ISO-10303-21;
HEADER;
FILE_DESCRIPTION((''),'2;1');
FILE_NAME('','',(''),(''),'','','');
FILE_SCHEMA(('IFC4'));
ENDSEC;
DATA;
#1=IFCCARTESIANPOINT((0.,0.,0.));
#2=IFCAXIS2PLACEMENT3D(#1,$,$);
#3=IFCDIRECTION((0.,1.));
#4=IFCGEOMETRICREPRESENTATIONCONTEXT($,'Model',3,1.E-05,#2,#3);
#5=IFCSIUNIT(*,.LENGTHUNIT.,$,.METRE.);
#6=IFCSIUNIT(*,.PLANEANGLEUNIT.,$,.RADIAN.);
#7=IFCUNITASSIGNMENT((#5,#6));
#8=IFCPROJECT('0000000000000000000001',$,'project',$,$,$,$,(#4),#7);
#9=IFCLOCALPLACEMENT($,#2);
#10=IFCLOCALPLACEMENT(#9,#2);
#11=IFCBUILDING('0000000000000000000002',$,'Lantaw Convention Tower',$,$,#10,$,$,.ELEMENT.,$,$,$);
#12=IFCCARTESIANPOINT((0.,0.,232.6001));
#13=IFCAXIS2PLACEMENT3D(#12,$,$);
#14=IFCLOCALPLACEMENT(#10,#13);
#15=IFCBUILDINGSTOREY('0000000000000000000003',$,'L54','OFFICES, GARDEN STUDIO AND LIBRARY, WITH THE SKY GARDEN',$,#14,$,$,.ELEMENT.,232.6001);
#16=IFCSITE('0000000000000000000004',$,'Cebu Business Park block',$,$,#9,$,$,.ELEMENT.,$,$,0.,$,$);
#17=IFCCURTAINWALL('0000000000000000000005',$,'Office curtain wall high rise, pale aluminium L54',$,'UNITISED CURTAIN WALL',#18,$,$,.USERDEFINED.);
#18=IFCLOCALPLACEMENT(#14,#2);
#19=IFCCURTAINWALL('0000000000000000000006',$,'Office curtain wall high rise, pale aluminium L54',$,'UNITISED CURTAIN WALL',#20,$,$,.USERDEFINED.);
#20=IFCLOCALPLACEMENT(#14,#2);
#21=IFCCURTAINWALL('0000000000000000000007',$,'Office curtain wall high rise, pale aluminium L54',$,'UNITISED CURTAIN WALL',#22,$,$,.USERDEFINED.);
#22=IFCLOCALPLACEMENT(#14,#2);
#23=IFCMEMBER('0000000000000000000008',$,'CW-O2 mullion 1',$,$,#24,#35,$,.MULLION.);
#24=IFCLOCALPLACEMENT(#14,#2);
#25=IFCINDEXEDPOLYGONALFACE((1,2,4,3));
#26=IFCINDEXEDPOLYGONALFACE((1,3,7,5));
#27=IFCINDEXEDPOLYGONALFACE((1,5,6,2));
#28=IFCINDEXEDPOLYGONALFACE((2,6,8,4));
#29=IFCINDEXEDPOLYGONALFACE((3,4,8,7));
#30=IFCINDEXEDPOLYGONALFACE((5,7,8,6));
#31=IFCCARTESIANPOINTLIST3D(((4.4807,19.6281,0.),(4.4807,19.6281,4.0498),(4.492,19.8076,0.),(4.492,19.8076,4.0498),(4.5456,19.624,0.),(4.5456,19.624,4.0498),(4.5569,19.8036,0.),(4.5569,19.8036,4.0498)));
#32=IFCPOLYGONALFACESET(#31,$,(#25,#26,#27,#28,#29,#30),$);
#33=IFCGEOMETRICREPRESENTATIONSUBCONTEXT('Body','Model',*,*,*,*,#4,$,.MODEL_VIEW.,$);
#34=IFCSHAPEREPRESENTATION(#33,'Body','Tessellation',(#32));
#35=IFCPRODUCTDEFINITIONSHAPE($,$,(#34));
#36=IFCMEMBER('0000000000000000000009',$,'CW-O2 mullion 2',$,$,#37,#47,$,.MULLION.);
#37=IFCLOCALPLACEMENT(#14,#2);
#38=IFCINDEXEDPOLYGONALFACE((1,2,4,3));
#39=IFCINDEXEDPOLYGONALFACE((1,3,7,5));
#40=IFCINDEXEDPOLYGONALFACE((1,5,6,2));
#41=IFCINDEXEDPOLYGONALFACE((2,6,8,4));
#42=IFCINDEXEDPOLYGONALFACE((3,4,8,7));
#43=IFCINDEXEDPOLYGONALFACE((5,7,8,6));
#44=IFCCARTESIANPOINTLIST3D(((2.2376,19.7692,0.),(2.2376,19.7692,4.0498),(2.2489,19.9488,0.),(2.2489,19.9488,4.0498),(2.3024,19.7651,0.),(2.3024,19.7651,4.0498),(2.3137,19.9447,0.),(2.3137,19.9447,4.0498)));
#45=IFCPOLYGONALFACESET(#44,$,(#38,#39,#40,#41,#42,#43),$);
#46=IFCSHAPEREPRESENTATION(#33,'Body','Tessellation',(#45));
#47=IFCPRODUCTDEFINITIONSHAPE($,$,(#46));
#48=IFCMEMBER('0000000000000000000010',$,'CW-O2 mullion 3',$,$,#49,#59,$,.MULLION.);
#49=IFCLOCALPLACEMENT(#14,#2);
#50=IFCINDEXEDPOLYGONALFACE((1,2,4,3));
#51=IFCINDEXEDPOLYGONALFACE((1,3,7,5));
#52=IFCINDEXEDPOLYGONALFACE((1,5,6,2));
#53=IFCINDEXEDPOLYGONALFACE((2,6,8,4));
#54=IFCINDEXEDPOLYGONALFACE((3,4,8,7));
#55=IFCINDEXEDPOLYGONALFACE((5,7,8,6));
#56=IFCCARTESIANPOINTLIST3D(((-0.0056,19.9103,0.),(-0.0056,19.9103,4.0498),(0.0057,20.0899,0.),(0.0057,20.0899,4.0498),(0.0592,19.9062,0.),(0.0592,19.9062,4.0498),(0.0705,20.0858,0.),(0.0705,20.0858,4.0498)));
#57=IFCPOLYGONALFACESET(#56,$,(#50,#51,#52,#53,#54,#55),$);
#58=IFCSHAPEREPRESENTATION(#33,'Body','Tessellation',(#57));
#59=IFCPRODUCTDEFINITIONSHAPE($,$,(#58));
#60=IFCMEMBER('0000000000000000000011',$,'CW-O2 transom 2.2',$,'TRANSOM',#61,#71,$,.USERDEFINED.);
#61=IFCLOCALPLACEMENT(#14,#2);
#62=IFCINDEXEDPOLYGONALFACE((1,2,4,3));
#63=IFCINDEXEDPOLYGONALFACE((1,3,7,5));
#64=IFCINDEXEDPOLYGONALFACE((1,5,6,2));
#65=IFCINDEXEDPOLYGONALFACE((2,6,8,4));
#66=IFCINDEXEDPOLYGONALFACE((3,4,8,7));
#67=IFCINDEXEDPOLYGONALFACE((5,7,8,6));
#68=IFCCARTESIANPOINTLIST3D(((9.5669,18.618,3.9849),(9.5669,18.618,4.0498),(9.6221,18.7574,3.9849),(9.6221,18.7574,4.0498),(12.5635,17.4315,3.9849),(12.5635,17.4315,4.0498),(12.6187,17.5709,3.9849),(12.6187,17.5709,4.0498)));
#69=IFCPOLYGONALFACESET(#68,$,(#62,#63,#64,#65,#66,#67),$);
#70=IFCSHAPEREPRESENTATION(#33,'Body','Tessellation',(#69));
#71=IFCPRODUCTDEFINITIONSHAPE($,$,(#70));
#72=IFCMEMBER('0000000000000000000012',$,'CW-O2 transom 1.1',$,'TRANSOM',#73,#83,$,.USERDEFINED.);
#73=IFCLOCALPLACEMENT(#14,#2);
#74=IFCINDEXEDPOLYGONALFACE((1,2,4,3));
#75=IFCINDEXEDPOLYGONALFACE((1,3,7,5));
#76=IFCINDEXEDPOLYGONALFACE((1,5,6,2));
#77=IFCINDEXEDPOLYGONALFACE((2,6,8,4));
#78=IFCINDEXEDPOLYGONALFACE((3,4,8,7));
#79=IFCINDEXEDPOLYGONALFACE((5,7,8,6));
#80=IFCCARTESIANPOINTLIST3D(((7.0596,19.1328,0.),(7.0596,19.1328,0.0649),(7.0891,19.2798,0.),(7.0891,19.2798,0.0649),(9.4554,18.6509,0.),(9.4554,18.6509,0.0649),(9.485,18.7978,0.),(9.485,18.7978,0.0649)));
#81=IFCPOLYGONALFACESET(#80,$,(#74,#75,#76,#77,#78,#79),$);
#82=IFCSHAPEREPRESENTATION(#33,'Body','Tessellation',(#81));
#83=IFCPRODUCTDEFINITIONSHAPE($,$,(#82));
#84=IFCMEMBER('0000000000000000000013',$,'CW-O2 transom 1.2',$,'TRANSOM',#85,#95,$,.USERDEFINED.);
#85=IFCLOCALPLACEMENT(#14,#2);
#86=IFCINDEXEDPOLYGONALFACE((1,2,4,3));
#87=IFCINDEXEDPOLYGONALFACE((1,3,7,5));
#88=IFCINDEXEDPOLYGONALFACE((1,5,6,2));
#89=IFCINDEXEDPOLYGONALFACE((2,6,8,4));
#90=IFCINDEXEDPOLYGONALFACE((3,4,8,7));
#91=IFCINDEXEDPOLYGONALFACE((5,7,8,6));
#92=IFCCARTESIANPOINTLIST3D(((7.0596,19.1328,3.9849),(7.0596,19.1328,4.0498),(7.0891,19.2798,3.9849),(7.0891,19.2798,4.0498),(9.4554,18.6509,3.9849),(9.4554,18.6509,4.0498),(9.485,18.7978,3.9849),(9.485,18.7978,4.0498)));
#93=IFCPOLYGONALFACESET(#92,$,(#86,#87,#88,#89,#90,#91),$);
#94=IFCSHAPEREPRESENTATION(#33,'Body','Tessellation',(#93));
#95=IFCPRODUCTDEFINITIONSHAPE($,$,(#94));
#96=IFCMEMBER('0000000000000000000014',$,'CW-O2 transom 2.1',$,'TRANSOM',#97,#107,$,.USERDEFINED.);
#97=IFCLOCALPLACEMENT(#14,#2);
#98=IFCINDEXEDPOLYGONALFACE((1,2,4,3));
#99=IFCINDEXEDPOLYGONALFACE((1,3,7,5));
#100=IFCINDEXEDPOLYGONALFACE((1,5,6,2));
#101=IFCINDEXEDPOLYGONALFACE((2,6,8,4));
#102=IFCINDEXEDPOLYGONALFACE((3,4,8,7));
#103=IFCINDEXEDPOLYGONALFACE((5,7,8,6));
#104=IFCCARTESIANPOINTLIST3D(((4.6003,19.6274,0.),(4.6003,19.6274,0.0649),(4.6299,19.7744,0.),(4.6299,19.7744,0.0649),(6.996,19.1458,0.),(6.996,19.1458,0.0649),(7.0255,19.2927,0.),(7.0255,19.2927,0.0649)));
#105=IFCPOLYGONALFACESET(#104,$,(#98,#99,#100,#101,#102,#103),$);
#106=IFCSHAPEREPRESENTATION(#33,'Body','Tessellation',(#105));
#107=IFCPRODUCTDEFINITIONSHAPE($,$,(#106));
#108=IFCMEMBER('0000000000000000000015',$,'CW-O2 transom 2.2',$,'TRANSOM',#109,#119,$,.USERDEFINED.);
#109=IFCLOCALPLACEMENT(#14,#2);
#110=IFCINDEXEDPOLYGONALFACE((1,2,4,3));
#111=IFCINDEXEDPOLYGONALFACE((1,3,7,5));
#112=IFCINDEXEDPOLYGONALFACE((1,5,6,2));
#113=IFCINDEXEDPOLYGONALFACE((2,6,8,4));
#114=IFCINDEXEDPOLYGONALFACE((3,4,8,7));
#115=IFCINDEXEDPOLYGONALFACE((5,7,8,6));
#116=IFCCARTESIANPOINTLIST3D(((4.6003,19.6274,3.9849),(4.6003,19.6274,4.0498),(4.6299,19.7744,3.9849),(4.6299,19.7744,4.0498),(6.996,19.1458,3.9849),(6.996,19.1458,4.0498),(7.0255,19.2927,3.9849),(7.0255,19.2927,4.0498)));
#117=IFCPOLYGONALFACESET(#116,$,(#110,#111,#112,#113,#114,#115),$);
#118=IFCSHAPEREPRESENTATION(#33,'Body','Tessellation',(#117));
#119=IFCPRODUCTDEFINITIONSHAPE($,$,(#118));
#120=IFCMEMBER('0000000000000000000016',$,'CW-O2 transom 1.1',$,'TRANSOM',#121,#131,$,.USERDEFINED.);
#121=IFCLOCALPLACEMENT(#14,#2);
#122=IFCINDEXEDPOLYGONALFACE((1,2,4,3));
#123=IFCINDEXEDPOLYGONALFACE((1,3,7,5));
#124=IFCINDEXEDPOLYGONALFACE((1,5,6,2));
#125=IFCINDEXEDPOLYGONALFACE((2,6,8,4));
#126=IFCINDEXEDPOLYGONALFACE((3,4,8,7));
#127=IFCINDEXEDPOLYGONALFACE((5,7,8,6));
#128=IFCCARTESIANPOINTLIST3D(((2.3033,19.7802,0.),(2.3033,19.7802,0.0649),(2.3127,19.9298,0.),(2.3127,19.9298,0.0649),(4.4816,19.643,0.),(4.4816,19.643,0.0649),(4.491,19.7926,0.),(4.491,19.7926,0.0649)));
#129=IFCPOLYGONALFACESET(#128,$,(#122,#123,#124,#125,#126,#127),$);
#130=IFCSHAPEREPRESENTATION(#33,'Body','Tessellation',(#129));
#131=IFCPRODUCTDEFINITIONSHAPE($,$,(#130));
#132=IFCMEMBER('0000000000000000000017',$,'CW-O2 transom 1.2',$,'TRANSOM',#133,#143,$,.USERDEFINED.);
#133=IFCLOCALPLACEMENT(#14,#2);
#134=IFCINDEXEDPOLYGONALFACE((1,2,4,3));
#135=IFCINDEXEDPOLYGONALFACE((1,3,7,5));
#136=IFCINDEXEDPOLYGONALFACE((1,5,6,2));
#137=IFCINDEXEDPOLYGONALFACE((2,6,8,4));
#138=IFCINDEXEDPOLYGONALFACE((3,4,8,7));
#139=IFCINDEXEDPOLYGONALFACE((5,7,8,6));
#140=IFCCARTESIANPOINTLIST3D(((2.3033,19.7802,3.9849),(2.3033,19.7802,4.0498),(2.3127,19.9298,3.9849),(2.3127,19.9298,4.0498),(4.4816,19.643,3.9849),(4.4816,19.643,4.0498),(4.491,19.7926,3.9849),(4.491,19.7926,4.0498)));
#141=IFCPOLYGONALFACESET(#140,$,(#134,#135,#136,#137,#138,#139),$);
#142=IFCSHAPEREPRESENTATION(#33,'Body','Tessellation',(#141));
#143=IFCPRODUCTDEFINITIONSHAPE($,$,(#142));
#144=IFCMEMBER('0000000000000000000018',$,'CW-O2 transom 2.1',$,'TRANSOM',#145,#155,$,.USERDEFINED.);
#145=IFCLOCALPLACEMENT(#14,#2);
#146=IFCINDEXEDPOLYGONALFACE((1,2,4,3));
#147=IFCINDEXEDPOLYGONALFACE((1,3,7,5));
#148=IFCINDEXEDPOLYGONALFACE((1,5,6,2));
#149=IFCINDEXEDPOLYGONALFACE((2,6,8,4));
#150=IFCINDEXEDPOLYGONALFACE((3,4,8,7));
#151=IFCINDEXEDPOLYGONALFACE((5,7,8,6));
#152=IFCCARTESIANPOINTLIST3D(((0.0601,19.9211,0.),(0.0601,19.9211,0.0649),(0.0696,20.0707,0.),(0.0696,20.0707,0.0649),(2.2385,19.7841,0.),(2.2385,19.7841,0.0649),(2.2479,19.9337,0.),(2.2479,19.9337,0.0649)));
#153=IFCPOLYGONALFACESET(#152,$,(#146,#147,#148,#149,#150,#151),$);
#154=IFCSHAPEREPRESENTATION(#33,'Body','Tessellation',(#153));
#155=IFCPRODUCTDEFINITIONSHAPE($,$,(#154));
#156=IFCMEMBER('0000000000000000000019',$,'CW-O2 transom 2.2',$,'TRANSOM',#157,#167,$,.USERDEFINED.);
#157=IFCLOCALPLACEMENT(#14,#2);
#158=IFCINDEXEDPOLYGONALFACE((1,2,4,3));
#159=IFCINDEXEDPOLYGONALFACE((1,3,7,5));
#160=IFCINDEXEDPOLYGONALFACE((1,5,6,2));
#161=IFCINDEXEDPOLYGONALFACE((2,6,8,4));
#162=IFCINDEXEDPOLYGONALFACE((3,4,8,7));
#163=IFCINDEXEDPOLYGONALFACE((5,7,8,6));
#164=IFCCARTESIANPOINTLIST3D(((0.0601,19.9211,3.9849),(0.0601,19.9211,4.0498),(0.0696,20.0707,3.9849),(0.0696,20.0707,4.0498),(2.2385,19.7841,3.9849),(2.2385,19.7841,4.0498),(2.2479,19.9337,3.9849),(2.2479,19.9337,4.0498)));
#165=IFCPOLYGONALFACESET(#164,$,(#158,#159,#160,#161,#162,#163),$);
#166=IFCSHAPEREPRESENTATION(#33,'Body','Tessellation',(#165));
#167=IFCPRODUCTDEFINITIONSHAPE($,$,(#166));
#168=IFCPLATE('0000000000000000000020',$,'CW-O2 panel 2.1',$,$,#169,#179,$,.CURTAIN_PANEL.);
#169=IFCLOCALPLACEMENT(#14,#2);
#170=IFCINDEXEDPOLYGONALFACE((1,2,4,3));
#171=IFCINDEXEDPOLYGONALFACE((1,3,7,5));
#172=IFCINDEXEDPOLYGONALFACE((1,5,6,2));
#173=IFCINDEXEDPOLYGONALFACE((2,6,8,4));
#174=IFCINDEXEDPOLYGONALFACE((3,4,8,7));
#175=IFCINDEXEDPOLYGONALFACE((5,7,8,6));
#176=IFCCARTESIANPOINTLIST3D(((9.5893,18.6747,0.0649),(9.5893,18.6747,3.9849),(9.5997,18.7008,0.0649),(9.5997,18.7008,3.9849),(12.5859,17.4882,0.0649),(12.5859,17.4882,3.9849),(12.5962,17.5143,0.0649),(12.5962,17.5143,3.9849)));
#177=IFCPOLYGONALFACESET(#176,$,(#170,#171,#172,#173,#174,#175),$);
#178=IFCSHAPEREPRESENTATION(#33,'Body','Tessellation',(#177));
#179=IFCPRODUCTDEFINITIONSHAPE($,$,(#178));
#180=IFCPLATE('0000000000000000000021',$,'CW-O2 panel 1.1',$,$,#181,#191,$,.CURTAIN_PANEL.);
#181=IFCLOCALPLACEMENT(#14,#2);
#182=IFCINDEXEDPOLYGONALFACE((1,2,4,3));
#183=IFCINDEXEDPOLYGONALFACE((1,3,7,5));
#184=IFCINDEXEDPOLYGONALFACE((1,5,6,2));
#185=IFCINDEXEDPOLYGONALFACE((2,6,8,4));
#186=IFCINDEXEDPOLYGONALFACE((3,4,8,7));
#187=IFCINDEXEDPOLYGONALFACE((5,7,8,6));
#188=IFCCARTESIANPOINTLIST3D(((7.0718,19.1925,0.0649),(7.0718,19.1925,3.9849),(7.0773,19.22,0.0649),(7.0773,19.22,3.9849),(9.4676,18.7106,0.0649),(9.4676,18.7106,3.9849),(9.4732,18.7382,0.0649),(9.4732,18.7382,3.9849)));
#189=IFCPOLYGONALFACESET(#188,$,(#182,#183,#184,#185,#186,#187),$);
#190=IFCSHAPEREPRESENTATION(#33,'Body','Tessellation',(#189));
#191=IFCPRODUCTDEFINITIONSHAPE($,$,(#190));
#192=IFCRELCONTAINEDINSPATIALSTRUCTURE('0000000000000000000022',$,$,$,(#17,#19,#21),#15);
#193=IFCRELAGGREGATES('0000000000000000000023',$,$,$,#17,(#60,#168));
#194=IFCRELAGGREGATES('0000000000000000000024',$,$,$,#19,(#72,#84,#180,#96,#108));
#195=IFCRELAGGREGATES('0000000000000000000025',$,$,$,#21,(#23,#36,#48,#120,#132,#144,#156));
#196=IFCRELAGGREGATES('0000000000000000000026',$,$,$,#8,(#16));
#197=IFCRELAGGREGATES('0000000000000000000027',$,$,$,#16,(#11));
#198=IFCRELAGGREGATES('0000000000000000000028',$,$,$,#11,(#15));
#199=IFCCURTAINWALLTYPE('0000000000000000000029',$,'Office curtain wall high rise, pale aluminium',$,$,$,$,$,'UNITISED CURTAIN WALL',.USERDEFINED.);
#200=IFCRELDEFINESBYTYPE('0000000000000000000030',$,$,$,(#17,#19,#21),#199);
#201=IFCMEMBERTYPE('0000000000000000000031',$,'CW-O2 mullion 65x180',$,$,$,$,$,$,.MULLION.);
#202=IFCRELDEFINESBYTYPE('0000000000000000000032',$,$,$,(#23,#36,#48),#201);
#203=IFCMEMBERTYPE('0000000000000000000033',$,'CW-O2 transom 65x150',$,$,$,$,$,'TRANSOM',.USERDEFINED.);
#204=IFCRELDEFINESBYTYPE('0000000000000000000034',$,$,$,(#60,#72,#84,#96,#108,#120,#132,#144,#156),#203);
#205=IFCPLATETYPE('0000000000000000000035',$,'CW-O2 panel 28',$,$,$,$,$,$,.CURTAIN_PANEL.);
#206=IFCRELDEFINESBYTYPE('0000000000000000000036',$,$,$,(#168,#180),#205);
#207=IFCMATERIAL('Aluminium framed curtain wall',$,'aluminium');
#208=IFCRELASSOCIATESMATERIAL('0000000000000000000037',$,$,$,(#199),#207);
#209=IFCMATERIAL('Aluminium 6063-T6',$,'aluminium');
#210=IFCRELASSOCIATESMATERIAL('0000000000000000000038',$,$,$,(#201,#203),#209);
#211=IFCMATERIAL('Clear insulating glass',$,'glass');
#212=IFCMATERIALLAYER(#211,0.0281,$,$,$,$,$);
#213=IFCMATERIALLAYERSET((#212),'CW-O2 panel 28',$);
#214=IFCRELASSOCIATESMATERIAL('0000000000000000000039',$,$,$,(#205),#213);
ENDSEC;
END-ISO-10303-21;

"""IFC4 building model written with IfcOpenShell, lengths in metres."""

from ifc_helpers import new_model, si_unit, direction, frame, origin, origin_2d, place, context, subcontext, project, spatial, rectangle, extrude, material, layer, layer_set, material_profile, profile_set, type_object, element, aggregate, save


model = new_model("IFC4")

# Units and contexts
model_context = context("Model", 3, precision=1e-05, world=origin(), true_north=direction((0.0, 1.0)))
body_context = subcontext(model_context, "Body", "Model", "MODEL_VIEW")
ifc_project = project(units=[si_unit("LENGTHUNIT", "METRE"), si_unit("PLANEANGLEUNIT", "RADIAN")], contexts=[model_context])

# Site, building, storey
site_placement = place(None, origin())
site = spatial("IfcSite", under=ifc_project, at=site_placement, Name="Cebu Business Park block", CompositionType="ELEMENT", RefElevation=0.0)
building_placement = place(site_placement, origin())
building = spatial("IfcBuilding", under=site, at=building_placement, Name="Lantaw Convention Tower", CompositionType="ELEMENT")
storey_placement = place(building_placement, frame((0.0, 0.0, 232.6001)))
storey = spatial("IfcBuildingStorey", under=building, at=storey_placement, Name="L54", Description="OFFICES, GARDEN STUDIO AND LIBRARY, WITH THE SKY GARDEN", CompositionType="ELEMENT", Elevation=232.6001)

# Curtain wall
ifc_material_1 = material(Name="Aluminium framed curtain wall", Category="aluminium")
curtain_wall_type = type_object("IfcCurtainWallType", Name="Office curtain wall high rise, pale aluminium", ElementType="UNITISED CURTAIN WALL", PredefinedType="USERDEFINED", material=ifc_material_1)
curtain_wall_1_placement = place(storey_placement, origin())
curtain_wall_1 = element("IfcCurtainWall", 1, at=curtain_wall_1_placement, inside=storey, type_object=curtain_wall_type, Name="Office curtain wall high rise, pale aluminium L54", ObjectType="UNITISED CURTAIN WALL", PredefinedType="USERDEFINED")
ifc_material_2 = material(Name="Aluminium 6063-T6", Category="aluminium")
ifc_material_profile_1 = material_profile(ifc_material_2, rectangle(XDim=0.1799, YDim=0.0649, at=origin_2d()), Name="CW-O2 mullion 65x180")
ifc_profile_set_1 = profile_set([ifc_material_profile_1], Name="Aluminium 6063-T6")
member_type_1 = type_object("IfcMemberType", Name="CW-O2 mullion 65x180", PredefinedType="MULLION", material=ifc_profile_set_1)

# Curtain walls, members
curtain_wall_2_placement = place(storey_placement, origin())
curtain_wall_2 = element("IfcCurtainWall", 2, at=curtain_wall_2_placement, inside=storey, type_object=curtain_wall_type, Name="Office curtain wall high rise, pale aluminium L54", ObjectType="UNITISED CURTAIN WALL", PredefinedType="USERDEFINED")
curtain_wall_3_placement = place(storey_placement, origin())
curtain_wall_3 = element("IfcCurtainWall", 3, at=curtain_wall_3_placement, inside=storey, type_object=curtain_wall_type, Name="Office curtain wall high rise, pale aluminium L54", ObjectType="UNITISED CURTAIN WALL", PredefinedType="USERDEFINED")
member_1_placement = place(storey_placement, frame((4.5188, 19.7158, 0.0), z_axis=(0.0, 0.0, 1.0), x_axis=(-0.062758, -0.998029, 0.0)))
member_1 = element("IfcMember", 4, at=member_1_placement, type_object=member_type_1, Name="CW-O2 mullion 1", PredefinedType="MULLION", context=body_context, shape_type="SweptSolid", body=[
    extrude(rectangle(XDim=0.1799, YDim=0.0649, at=origin_2d()), origin(), (0.0, 0.0, 1.0), 4.0498),
])
member_2_placement = place(storey_placement, frame((2.2756, 19.8569, 0.0), z_axis=(0.0, 0.0, 1.0), x_axis=(-0.062758, -0.998029, 0.0)))
member_2 = element("IfcMember", 5, at=member_2_placement, type_object=member_type_1, Name="CW-O2 mullion 2", PredefinedType="MULLION", context=body_context, shape_type="SweptSolid", body=[
    extrude(rectangle(XDim=0.1799, YDim=0.0649, at=origin_2d()), origin(), (0.0, 0.0, 1.0), 4.0498),
])
member_3_placement = place(storey_placement, frame((0.0325, 19.998, 0.0), z_axis=(0.0, 0.0, 1.0), x_axis=(-0.062758, -0.998029, 0.0)))
member_3 = element("IfcMember", 6, at=member_3_placement, type_object=member_type_1, Name="CW-O2 mullion 3", PredefinedType="MULLION", context=body_context, shape_type="SweptSolid", body=[
    extrude(rectangle(XDim=0.1799, YDim=0.0649, at=origin_2d()), origin(), (0.0, 0.0, 1.0), 4.0498),
])

# Members
ifc_material_profile_2 = material_profile(ifc_material_2, rectangle(XDim=0.1499, YDim=0.0649, at=origin_2d()), Name="CW-O2 transom 65x150")
ifc_profile_set_2 = profile_set([ifc_material_profile_2], Name="Aluminium 6063-T6")
member_type_2 = type_object("IfcMemberType", Name="CW-O2 transom 65x150", ElementType="TRANSOM", PredefinedType="USERDEFINED", material=ifc_profile_set_2)
member_4_placement = place(storey_placement, frame((12.5911, 17.5012, 4.0173), z_axis=(-0.929767, 0.368149, 0.0), x_axis=(-0.368149, -0.929767, 0.0)))
member_4 = element("IfcMember", 7, at=member_4_placement, type_object=member_type_2, Name="CW-O2 transom 2.2", ObjectType="TRANSOM", PredefinedType="USERDEFINED", context=body_context, shape_type="SweptSolid", body=[
    extrude(rectangle(XDim=0.1499, YDim=0.0649, at=origin_2d()), origin(), (0.0, 0.0, 1.0), 3.2229),
])
member_5_placement = place(storey_placement, frame((9.4702, 18.7244, 0.0325), z_axis=(-0.980361, 0.197211, 0.0), x_axis=(-0.197211, -0.980361, 0.0)))
member_5 = element("IfcMember", 8, at=member_5_placement, type_object=member_type_2, Name="CW-O2 transom 1.1", ObjectType="TRANSOM", PredefinedType="USERDEFINED", context=body_context, shape_type="SweptSolid", body=[
    extrude(rectangle(XDim=0.1499, YDim=0.0649, at=origin_2d()), origin(), (0.0, 0.0, 1.0), 2.4438),
])
member_6_placement = place(storey_placement, frame((9.4702, 18.7244, 4.0173), z_axis=(-0.980361, 0.197211, 0.0), x_axis=(-0.197211, -0.980361, 0.0)))
member_6 = element("IfcMember", 9, at=member_6_placement, type_object=member_type_2, Name="CW-O2 transom 1.2", ObjectType="TRANSOM", PredefinedType="USERDEFINED", context=body_context, shape_type="SweptSolid", body=[
    extrude(rectangle(XDim=0.1499, YDim=0.0649, at=origin_2d()), origin(), (0.0, 0.0, 1.0), 2.4438),
])
member_7_placement = place(storey_placement, frame((7.0107, 19.2192, 0.0325), z_axis=(-0.98038, 0.197115, 0.0), x_axis=(-0.197115, -0.98038, 0.0)))
member_7 = element("IfcMember", 10, at=member_7_placement, type_object=member_type_2, Name="CW-O2 transom 2.1", ObjectType="TRANSOM", PredefinedType="USERDEFINED", context=body_context, shape_type="SweptSolid", body=[
    extrude(rectangle(XDim=0.1499, YDim=0.0649, at=origin_2d()), origin(), (0.0, 0.0, 1.0), 2.4436),
])
member_8_placement = place(storey_placement, frame((7.0107, 19.2192, 4.0173), z_axis=(-0.98038, 0.197115, 0.0), x_axis=(-0.197115, -0.98038, 0.0)))
member_8 = element("IfcMember", 11, at=member_8_placement, type_object=member_type_2, Name="CW-O2 transom 2.2", ObjectType="TRANSOM", PredefinedType="USERDEFINED", context=body_context, shape_type="SweptSolid", body=[
    extrude(rectangle(XDim=0.1499, YDim=0.0649, at=origin_2d()), origin(), (0.0, 0.0, 1.0), 2.4436),
])
member_9_placement = place(storey_placement, frame((4.4863, 19.7178, 0.0325), z_axis=(-0.998022, 0.062866, 0.0), x_axis=(-0.062866, -0.998022, 0.0)))
member_9 = element("IfcMember", 12, at=member_9_placement, type_object=member_type_2, Name="CW-O2 transom 1.1", ObjectType="TRANSOM", PredefinedType="USERDEFINED", context=body_context, shape_type="SweptSolid", body=[
    extrude(rectangle(XDim=0.1499, YDim=0.0649, at=origin_2d()), origin(), (0.0, 0.0, 1.0), 2.1826),
])
member_10_placement = place(storey_placement, frame((4.4863, 19.7178, 4.0173), z_axis=(-0.998022, 0.062866, 0.0), x_axis=(-0.062866, -0.998022, 0.0)))
member_10 = element("IfcMember", 13, at=member_10_placement, type_object=member_type_2, Name="CW-O2 transom 1.2", ObjectType="TRANSOM", PredefinedType="USERDEFINED", context=body_context, shape_type="SweptSolid", body=[
    extrude(rectangle(XDim=0.1499, YDim=0.0649, at=origin_2d()), origin(), (0.0, 0.0, 1.0), 2.1826),
])
member_11_placement = place(storey_placement, frame((2.2432, 19.8589, 0.0325), z_axis=(-0.998029, 0.062754, 0.0), x_axis=(-0.062754, -0.998029, 0.0)))
member_11 = element("IfcMember", 14, at=member_11_placement, type_object=member_type_2, Name="CW-O2 transom 2.1", ObjectType="TRANSOM", PredefinedType="USERDEFINED", context=body_context, shape_type="SweptSolid", body=[
    extrude(rectangle(XDim=0.1499, YDim=0.0649, at=origin_2d()), origin(), (0.0, 0.0, 1.0), 2.1826),
])
member_12_placement = place(storey_placement, frame((2.2432, 19.8589, 4.0173), z_axis=(-0.998029, 0.062754, 0.0), x_axis=(-0.062754, -0.998029, 0.0)))
member_12 = element("IfcMember", 15, at=member_12_placement, type_object=member_type_2, Name="CW-O2 transom 2.2", ObjectType="TRANSOM", PredefinedType="USERDEFINED", context=body_context, shape_type="SweptSolid", body=[
    extrude(rectangle(XDim=0.1499, YDim=0.0649, at=origin_2d()), origin(), (0.0, 0.0, 1.0), 2.1826),
])

# Plates
ifc_material_3 = material(Name="Clear insulating glass", Category="glass")
ifc_layer_1 = layer(ifc_material_3, 0.0281)
ifc_layer_set_1 = layer_set([ifc_layer_1], Name="CW-O2 panel 28")
plate_type_1 = type_object("IfcPlateType", Name="CW-O2 panel 28", PredefinedType="CURTAIN_PANEL", material=ifc_layer_set_1)
plate_1_placement = place(storey_placement, frame((11.0928, 18.0945, 0.0649), z_axis=(0.0, 0.0, 1.0), x_axis=(-0.929762, 0.368162, 0.0)))
plate_1 = element("IfcPlate", 16, at=plate_1_placement, type_object=plate_type_1, Name="CW-O2 panel 2.1", PredefinedType="CURTAIN_PANEL", context=body_context, shape_type="SweptSolid", body=[
    extrude(rectangle(XDim=3.2229, YDim=0.0281, at=origin_2d()), origin(), (0.0, 0.0, 1.0), 3.9199),
])
aggregate(curtain_wall_1, [member_4, plate_1])
plate_2_placement = place(storey_placement, frame((8.2725, 18.9653, 0.0649), z_axis=(0.0, 0.0, 1.0), x_axis=(-0.980367, 0.197183, 0.0)))
plate_2 = element("IfcPlate", 17, at=plate_2_placement, type_object=plate_type_1, Name="CW-O2 panel 1.1", PredefinedType="CURTAIN_PANEL", context=body_context, shape_type="SweptSolid", body=[
    extrude(rectangle(XDim=2.4438, YDim=0.0281, at=origin_2d()), origin(), (0.0, 0.0, 1.0), 3.9199),
])
aggregate(curtain_wall_2, [member_5, member_6, plate_2, member_7, member_8])
aggregate(curtain_wall_3, [member_1, member_2, member_3, member_9, member_10, member_11, member_12])

save(model, "model.ifc")
